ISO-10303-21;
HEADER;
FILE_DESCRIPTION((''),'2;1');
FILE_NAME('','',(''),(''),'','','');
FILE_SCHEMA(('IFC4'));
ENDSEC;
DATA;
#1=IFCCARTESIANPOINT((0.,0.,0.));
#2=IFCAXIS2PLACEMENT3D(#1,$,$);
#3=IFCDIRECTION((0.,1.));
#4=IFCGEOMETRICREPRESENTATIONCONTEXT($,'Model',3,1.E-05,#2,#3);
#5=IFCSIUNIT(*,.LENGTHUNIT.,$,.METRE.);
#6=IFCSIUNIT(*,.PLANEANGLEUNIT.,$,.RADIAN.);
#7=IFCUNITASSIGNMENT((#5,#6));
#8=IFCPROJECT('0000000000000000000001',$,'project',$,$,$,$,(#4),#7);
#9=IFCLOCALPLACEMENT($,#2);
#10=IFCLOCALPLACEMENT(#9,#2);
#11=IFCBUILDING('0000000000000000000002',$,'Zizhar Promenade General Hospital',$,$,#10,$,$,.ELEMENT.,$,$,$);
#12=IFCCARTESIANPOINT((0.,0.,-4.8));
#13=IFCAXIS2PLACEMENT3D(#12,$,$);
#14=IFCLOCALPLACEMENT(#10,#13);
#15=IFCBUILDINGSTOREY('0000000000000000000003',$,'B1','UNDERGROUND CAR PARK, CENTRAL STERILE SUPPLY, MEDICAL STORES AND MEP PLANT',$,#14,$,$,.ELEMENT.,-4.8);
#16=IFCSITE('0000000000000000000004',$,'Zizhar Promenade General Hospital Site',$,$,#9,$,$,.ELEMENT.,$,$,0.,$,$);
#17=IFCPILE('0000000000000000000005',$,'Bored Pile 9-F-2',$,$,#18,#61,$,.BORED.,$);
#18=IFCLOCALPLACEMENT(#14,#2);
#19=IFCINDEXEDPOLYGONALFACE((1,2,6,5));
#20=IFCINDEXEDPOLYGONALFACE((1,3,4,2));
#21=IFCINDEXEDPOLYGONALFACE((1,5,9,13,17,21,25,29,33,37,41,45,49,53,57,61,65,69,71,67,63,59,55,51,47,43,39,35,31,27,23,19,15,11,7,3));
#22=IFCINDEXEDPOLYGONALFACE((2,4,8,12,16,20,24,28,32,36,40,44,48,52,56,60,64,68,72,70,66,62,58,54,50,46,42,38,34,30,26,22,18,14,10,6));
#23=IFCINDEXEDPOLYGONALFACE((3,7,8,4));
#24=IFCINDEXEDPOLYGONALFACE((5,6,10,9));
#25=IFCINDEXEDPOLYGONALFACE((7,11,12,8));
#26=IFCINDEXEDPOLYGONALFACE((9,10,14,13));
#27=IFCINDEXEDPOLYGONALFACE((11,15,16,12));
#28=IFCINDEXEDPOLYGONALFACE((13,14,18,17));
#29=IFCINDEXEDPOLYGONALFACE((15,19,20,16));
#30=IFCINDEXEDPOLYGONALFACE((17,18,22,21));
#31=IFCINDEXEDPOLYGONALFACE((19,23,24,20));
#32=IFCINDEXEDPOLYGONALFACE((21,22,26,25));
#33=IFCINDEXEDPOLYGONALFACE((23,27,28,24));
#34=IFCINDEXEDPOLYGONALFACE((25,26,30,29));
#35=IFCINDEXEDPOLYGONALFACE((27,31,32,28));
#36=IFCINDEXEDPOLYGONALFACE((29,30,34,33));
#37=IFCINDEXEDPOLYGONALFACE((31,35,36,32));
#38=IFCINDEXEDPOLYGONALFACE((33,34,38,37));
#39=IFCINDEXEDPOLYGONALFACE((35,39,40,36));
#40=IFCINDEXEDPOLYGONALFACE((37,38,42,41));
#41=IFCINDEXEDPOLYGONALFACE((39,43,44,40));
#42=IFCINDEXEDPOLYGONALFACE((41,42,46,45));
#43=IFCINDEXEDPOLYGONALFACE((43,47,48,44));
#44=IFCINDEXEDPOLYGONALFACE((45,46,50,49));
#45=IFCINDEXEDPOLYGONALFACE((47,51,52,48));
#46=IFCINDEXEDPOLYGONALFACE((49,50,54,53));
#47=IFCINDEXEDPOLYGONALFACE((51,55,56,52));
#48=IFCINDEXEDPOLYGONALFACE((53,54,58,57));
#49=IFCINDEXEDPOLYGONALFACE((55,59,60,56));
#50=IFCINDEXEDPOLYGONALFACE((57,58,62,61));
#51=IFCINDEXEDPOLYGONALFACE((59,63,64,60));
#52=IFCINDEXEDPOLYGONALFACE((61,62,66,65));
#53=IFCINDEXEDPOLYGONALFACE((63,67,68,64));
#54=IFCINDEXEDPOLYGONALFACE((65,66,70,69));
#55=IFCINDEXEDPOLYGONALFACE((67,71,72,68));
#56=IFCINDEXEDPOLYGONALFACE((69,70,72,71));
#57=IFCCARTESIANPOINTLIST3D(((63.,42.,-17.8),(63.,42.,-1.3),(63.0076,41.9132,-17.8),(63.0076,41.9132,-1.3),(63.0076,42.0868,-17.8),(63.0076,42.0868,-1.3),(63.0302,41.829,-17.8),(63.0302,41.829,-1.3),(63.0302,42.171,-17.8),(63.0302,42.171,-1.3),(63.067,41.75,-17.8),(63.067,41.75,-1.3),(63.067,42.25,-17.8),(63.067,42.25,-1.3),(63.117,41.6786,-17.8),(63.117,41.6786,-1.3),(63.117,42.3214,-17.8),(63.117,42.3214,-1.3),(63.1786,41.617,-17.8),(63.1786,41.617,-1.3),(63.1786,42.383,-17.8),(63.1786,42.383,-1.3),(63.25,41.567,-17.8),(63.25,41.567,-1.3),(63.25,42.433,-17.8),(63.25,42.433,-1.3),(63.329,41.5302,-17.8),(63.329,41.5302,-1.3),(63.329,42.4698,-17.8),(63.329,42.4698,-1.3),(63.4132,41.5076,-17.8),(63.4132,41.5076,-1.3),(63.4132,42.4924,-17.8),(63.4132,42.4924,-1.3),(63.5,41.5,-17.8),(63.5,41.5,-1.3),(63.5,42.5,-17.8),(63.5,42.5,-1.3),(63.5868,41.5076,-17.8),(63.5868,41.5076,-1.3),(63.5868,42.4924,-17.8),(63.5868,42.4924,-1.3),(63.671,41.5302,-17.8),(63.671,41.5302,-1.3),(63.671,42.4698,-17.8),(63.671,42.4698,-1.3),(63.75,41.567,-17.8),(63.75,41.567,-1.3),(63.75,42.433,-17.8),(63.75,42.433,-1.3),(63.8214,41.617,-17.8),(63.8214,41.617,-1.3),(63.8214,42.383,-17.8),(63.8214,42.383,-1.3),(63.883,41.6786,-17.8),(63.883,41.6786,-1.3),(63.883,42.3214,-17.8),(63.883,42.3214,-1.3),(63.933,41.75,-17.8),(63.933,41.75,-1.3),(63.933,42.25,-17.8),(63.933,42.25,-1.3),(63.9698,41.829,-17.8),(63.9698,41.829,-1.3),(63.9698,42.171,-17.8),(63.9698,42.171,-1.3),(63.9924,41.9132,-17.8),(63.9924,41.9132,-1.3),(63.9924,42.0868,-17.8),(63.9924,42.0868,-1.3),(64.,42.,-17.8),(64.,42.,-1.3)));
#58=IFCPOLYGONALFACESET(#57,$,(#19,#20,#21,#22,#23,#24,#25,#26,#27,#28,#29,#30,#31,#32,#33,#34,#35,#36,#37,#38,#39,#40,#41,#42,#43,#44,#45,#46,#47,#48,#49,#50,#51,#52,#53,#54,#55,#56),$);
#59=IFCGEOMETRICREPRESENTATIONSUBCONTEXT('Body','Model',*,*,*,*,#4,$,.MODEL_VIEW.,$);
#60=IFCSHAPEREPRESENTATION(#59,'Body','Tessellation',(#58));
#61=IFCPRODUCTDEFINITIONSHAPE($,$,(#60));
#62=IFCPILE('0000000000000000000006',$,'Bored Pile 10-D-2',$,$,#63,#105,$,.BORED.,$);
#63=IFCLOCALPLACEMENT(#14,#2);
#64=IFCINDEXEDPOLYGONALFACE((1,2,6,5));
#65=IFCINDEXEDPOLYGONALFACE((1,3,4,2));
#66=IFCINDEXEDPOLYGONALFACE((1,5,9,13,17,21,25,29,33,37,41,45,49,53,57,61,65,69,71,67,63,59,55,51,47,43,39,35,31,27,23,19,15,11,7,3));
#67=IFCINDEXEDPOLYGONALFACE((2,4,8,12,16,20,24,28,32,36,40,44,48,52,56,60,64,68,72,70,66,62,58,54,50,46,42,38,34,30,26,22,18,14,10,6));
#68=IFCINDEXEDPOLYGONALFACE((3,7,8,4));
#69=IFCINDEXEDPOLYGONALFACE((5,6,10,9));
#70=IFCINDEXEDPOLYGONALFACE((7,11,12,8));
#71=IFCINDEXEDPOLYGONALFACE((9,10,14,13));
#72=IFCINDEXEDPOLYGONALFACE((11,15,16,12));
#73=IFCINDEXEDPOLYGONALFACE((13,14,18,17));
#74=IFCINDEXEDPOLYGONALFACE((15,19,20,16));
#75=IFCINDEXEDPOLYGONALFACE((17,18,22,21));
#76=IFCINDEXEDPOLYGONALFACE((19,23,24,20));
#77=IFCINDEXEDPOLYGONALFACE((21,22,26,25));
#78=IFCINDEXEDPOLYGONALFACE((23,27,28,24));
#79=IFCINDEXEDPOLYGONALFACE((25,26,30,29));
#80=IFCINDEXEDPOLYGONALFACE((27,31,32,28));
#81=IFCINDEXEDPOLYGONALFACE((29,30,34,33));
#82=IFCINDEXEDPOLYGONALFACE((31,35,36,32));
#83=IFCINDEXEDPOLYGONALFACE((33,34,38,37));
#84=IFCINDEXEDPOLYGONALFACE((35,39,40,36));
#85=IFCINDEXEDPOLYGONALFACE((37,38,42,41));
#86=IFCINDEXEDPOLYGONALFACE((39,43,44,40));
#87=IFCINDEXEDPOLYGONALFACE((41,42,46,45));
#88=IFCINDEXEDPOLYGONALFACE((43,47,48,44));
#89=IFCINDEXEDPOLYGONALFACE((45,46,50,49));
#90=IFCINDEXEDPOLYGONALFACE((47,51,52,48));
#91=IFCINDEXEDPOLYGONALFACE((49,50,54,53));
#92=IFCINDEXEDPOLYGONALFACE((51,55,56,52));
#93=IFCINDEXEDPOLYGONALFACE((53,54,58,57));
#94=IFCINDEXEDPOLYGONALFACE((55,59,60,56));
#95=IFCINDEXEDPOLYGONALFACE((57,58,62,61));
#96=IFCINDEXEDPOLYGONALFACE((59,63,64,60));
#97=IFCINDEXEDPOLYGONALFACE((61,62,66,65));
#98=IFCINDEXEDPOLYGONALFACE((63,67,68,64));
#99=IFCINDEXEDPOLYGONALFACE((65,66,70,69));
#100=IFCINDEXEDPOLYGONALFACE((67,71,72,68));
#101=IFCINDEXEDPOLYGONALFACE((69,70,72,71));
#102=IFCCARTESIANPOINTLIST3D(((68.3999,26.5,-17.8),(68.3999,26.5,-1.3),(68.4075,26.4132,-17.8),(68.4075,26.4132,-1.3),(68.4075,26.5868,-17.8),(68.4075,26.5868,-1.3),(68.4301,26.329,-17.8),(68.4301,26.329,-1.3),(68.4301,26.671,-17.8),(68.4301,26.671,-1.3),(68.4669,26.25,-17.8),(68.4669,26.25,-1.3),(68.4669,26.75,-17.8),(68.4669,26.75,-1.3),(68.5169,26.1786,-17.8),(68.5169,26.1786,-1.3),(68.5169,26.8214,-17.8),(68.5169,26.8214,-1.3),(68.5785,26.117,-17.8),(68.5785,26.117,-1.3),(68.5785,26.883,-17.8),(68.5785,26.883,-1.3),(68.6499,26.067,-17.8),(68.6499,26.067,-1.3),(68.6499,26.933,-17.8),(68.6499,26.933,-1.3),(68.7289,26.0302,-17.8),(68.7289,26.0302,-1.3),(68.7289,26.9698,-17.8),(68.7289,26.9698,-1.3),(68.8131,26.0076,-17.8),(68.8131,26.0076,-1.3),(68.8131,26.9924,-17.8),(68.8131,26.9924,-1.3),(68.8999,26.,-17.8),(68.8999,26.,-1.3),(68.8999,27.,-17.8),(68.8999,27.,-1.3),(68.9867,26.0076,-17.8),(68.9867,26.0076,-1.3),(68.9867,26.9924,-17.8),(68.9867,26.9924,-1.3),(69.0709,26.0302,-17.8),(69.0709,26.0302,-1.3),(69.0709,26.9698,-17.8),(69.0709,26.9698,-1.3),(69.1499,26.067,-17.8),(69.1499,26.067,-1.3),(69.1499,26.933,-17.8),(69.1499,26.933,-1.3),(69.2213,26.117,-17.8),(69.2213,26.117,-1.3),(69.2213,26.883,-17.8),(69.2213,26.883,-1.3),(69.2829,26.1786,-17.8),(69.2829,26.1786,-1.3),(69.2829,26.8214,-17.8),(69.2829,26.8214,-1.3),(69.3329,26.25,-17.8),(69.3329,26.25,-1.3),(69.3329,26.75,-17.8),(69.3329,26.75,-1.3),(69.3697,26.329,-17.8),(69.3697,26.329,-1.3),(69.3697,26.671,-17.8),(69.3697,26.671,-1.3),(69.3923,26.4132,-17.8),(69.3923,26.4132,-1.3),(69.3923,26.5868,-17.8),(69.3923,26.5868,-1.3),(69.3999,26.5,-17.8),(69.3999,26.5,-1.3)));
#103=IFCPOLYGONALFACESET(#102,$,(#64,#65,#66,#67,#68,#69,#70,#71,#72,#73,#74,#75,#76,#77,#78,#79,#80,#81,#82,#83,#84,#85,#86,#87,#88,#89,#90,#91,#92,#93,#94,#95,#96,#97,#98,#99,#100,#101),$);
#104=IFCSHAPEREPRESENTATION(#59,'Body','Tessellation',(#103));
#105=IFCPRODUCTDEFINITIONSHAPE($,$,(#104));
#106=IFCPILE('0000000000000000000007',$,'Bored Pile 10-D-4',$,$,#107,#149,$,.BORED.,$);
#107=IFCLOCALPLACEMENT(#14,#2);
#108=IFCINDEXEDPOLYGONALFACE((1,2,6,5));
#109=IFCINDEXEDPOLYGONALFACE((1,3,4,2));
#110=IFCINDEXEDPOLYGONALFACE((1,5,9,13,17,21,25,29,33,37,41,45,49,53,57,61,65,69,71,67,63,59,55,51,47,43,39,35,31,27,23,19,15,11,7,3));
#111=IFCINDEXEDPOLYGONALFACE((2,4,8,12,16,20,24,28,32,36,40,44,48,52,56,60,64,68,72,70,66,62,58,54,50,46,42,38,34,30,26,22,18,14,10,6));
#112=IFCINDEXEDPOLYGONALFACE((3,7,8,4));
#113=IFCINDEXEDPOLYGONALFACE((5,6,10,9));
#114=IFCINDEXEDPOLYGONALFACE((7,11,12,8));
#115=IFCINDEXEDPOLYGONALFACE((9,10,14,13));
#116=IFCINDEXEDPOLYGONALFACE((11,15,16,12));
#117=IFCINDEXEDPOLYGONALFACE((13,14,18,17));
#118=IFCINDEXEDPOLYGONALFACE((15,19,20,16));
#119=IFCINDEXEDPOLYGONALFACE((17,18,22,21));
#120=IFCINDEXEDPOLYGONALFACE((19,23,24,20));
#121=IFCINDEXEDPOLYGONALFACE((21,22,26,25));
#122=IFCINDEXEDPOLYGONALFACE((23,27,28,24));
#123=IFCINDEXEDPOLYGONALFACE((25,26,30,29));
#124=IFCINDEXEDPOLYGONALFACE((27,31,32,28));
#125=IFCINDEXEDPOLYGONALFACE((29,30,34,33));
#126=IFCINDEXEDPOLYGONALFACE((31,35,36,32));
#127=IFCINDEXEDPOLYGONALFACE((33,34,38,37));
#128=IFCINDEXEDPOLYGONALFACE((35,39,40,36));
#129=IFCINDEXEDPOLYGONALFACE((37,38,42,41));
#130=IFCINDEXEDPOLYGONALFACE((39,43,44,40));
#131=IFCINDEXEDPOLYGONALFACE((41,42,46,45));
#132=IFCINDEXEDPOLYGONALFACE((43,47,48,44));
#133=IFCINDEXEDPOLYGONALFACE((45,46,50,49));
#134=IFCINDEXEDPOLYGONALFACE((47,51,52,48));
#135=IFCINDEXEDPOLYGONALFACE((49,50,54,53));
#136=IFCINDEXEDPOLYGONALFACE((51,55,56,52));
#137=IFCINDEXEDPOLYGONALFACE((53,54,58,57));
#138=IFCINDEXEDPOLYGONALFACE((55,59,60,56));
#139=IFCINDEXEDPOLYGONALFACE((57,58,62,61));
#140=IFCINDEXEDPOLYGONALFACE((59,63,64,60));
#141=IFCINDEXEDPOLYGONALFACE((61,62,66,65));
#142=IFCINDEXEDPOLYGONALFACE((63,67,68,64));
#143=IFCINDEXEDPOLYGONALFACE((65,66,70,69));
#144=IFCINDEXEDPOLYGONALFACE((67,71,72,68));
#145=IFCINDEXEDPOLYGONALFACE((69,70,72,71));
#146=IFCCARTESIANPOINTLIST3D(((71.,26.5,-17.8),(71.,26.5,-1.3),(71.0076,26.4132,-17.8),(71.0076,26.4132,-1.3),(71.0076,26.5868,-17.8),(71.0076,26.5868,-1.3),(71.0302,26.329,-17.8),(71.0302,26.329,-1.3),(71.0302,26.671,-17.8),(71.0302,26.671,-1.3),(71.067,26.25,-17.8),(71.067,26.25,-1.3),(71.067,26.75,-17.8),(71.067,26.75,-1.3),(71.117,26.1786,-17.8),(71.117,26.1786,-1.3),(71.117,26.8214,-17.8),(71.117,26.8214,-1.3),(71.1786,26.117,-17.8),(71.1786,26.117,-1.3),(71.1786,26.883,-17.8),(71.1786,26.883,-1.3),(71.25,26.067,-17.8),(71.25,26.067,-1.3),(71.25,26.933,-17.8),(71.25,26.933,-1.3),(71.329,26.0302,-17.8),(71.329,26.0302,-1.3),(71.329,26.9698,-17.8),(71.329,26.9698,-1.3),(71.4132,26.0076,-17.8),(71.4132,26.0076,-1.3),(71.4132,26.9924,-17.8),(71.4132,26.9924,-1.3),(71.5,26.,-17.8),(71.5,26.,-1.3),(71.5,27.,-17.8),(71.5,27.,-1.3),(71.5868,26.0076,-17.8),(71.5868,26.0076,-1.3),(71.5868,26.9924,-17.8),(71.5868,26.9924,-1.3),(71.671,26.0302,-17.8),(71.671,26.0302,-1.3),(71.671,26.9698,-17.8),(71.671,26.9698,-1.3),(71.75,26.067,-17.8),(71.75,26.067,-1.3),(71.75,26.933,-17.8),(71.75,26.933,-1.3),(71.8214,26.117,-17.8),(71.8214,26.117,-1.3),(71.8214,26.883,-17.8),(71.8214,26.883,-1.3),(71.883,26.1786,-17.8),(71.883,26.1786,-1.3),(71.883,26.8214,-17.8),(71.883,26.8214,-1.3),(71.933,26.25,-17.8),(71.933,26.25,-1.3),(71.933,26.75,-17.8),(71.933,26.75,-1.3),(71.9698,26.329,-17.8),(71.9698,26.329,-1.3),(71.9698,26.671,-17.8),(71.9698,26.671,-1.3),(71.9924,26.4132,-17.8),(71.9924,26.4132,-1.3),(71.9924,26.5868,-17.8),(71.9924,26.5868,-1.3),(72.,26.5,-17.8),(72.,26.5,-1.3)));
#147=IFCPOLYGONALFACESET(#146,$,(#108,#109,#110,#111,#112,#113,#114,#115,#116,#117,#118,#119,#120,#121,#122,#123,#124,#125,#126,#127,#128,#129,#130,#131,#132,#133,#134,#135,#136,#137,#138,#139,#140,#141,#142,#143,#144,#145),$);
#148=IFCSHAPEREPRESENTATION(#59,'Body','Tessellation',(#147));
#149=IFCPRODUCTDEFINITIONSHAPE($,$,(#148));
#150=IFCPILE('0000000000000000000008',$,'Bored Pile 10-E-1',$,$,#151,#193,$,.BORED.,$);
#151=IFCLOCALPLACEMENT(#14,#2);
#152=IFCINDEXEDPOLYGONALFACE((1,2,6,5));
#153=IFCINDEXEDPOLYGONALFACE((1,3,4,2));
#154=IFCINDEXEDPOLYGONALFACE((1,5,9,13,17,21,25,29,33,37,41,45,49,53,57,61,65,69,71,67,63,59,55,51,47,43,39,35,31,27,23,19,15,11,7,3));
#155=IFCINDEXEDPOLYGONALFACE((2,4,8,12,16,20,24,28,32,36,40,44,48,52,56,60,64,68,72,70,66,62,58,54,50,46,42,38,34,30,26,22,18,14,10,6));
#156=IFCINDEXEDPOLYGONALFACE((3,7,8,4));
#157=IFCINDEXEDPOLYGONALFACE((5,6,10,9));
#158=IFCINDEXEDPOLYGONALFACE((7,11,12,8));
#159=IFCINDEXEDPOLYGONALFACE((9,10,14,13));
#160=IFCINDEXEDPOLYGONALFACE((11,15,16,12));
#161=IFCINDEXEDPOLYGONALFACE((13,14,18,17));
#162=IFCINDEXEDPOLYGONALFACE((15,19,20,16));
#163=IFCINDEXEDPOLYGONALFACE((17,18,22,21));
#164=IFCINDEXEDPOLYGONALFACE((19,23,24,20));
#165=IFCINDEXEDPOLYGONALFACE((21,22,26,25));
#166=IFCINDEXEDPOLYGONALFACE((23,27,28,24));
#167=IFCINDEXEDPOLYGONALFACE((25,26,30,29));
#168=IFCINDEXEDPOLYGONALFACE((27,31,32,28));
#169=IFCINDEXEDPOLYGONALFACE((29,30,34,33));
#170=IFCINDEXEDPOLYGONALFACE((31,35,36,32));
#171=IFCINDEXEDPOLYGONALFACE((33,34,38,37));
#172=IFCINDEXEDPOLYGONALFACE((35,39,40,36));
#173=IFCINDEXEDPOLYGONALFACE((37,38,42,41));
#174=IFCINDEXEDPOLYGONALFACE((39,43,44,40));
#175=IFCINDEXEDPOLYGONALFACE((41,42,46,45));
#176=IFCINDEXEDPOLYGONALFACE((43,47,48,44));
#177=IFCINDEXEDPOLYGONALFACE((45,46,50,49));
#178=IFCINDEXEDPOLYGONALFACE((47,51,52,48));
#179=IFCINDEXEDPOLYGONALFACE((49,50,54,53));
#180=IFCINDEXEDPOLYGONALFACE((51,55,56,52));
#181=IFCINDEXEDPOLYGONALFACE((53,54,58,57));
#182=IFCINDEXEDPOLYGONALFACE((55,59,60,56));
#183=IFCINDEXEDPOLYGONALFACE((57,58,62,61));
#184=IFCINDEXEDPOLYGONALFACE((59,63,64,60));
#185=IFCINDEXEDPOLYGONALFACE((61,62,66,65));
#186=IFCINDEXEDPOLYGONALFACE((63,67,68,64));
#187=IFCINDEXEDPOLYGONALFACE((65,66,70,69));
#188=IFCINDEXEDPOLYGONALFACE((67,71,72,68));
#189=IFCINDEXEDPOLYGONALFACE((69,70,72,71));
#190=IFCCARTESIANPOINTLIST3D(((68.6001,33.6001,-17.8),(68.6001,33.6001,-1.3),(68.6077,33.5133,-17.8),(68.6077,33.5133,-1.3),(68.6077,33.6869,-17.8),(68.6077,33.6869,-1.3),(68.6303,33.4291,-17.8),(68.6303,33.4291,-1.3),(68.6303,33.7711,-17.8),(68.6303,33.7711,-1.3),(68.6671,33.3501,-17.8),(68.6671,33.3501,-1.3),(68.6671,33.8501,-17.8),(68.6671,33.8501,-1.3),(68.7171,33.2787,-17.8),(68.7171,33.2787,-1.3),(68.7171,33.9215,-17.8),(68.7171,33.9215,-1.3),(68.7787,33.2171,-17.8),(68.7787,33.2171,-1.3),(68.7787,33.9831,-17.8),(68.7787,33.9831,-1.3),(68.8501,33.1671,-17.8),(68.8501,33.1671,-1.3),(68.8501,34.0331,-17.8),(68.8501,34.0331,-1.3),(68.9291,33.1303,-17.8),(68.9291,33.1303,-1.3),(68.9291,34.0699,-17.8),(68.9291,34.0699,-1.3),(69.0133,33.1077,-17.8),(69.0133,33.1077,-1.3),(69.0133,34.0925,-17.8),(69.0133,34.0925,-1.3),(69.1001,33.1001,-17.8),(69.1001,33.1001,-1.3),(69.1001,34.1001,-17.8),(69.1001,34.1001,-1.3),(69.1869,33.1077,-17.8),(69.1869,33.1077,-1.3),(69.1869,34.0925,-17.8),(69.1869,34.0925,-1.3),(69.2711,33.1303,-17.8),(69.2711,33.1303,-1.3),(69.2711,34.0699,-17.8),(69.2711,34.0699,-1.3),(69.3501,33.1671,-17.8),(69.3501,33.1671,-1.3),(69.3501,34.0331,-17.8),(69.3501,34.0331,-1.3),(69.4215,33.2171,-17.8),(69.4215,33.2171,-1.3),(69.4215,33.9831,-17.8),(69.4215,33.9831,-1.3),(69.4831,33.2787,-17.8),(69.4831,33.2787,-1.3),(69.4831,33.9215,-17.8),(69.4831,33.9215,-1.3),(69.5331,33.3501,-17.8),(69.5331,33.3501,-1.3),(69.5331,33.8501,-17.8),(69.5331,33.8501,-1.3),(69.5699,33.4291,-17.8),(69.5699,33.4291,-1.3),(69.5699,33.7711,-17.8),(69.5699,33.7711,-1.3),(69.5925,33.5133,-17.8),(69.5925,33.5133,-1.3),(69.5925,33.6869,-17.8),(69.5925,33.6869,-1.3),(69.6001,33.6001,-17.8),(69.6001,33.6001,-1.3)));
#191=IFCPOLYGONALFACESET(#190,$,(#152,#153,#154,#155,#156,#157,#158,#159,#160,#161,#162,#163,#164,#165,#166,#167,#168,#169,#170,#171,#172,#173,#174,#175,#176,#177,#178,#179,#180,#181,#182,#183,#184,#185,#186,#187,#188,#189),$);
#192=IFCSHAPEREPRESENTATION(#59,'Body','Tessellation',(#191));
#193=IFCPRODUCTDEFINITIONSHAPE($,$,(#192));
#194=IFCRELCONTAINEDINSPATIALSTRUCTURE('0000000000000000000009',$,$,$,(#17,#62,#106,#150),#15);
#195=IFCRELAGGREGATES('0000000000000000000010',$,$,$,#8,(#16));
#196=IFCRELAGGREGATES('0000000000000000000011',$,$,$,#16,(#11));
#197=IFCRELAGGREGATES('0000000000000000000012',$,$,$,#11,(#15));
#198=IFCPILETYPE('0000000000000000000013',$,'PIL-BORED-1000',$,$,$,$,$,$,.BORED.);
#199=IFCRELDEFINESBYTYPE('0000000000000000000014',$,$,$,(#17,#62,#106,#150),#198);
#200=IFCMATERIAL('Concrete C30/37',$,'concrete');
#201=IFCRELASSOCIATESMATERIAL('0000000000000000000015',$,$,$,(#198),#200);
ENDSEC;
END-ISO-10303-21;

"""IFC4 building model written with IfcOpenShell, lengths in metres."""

from ifc_helpers import new_model, si_unit, direction, frame, origin, origin_2d, place, context, subcontext, project, spatial, circle, extrude, material, material_profile, profile_set, type_object, element, save


model = new_model("IFC4")

# Units and contexts
model_context = context("Model", 3, precision=1e-05, world=origin(), true_north=direction((0.0, 1.0)))
body_context = subcontext(model_context, "Body", "Model", "MODEL_VIEW")
ifc_project = project(units=[si_unit("LENGTHUNIT", "METRE"), si_unit("PLANEANGLEUNIT", "RADIAN")], contexts=[model_context])

# Site, building, storey
site_placement = place(None, origin())
site = spatial("IfcSite", under=ifc_project, at=site_placement, Name="Zizhar Promenade General Hospital Site", CompositionType="ELEMENT", RefElevation=0.0)
building_placement = place(site_placement, origin())
building = spatial("IfcBuilding", under=site, at=building_placement, Name="Zizhar Promenade General Hospital", CompositionType="ELEMENT")
storey_placement = place(building_placement, frame((0.0, 0.0, -4.8)))
storey = spatial("IfcBuildingStorey", under=building, at=storey_placement, Name="B1", Description="UNDERGROUND CAR PARK, CENTRAL STERILE SUPPLY, MEDICAL STORES AND MEP PLANT", CompositionType="ELEMENT", Elevation=-4.8)

# Piles
ifc_material_1 = material(Name="Concrete C30/37", Category="concrete")
ifc_material_profile_1 = material_profile(ifc_material_1, circle(Radius=0.5, at=origin_2d()))
ifc_profile_set_1 = profile_set([ifc_material_profile_1], Name="Concrete C30/37")
pile_type = type_object("IfcPileType", Name="PIL-BORED-1000", PredefinedType="BORED", material=ifc_profile_set_1)
for number, where, z_axis, x_axis, name in (
    (1, (63.5, 42.0, -1.3), (0.0, 0.0, -1.0), (1.0, 0.0, 0.0), "Bored Pile 9-F-2"),
    (2, (68.8999, 26.5, -1.3), (0.0, 0.0, -1.0), (1.0, 0.0, 0.0), "Bored Pile 10-D-2"),
    (3, (71.5, 26.5, -1.3), (0.0, 0.0, -1.0), (1.0, 0.0, 0.0), "Bored Pile 10-D-4"),
    (4, (69.1001, 33.6001, -1.3), (0.0, 0.0, -1.0), (1.0, 0.0, 0.0), "Bored Pile 10-E-1"),
):
    element("IfcPile", number, at=place(storey_placement, frame(where, z_axis=z_axis, x_axis=x_axis)), inside=storey, type_object=pile_type, Name=name, PredefinedType="BORED", context=body_context, shape_type="SweptSolid", body=[
        extrude(circle(Radius=0.5, at=origin_2d()), origin(), (0.0, 0.0, 1.0), 16.5),
    ])

save(model, "model.ifc")
